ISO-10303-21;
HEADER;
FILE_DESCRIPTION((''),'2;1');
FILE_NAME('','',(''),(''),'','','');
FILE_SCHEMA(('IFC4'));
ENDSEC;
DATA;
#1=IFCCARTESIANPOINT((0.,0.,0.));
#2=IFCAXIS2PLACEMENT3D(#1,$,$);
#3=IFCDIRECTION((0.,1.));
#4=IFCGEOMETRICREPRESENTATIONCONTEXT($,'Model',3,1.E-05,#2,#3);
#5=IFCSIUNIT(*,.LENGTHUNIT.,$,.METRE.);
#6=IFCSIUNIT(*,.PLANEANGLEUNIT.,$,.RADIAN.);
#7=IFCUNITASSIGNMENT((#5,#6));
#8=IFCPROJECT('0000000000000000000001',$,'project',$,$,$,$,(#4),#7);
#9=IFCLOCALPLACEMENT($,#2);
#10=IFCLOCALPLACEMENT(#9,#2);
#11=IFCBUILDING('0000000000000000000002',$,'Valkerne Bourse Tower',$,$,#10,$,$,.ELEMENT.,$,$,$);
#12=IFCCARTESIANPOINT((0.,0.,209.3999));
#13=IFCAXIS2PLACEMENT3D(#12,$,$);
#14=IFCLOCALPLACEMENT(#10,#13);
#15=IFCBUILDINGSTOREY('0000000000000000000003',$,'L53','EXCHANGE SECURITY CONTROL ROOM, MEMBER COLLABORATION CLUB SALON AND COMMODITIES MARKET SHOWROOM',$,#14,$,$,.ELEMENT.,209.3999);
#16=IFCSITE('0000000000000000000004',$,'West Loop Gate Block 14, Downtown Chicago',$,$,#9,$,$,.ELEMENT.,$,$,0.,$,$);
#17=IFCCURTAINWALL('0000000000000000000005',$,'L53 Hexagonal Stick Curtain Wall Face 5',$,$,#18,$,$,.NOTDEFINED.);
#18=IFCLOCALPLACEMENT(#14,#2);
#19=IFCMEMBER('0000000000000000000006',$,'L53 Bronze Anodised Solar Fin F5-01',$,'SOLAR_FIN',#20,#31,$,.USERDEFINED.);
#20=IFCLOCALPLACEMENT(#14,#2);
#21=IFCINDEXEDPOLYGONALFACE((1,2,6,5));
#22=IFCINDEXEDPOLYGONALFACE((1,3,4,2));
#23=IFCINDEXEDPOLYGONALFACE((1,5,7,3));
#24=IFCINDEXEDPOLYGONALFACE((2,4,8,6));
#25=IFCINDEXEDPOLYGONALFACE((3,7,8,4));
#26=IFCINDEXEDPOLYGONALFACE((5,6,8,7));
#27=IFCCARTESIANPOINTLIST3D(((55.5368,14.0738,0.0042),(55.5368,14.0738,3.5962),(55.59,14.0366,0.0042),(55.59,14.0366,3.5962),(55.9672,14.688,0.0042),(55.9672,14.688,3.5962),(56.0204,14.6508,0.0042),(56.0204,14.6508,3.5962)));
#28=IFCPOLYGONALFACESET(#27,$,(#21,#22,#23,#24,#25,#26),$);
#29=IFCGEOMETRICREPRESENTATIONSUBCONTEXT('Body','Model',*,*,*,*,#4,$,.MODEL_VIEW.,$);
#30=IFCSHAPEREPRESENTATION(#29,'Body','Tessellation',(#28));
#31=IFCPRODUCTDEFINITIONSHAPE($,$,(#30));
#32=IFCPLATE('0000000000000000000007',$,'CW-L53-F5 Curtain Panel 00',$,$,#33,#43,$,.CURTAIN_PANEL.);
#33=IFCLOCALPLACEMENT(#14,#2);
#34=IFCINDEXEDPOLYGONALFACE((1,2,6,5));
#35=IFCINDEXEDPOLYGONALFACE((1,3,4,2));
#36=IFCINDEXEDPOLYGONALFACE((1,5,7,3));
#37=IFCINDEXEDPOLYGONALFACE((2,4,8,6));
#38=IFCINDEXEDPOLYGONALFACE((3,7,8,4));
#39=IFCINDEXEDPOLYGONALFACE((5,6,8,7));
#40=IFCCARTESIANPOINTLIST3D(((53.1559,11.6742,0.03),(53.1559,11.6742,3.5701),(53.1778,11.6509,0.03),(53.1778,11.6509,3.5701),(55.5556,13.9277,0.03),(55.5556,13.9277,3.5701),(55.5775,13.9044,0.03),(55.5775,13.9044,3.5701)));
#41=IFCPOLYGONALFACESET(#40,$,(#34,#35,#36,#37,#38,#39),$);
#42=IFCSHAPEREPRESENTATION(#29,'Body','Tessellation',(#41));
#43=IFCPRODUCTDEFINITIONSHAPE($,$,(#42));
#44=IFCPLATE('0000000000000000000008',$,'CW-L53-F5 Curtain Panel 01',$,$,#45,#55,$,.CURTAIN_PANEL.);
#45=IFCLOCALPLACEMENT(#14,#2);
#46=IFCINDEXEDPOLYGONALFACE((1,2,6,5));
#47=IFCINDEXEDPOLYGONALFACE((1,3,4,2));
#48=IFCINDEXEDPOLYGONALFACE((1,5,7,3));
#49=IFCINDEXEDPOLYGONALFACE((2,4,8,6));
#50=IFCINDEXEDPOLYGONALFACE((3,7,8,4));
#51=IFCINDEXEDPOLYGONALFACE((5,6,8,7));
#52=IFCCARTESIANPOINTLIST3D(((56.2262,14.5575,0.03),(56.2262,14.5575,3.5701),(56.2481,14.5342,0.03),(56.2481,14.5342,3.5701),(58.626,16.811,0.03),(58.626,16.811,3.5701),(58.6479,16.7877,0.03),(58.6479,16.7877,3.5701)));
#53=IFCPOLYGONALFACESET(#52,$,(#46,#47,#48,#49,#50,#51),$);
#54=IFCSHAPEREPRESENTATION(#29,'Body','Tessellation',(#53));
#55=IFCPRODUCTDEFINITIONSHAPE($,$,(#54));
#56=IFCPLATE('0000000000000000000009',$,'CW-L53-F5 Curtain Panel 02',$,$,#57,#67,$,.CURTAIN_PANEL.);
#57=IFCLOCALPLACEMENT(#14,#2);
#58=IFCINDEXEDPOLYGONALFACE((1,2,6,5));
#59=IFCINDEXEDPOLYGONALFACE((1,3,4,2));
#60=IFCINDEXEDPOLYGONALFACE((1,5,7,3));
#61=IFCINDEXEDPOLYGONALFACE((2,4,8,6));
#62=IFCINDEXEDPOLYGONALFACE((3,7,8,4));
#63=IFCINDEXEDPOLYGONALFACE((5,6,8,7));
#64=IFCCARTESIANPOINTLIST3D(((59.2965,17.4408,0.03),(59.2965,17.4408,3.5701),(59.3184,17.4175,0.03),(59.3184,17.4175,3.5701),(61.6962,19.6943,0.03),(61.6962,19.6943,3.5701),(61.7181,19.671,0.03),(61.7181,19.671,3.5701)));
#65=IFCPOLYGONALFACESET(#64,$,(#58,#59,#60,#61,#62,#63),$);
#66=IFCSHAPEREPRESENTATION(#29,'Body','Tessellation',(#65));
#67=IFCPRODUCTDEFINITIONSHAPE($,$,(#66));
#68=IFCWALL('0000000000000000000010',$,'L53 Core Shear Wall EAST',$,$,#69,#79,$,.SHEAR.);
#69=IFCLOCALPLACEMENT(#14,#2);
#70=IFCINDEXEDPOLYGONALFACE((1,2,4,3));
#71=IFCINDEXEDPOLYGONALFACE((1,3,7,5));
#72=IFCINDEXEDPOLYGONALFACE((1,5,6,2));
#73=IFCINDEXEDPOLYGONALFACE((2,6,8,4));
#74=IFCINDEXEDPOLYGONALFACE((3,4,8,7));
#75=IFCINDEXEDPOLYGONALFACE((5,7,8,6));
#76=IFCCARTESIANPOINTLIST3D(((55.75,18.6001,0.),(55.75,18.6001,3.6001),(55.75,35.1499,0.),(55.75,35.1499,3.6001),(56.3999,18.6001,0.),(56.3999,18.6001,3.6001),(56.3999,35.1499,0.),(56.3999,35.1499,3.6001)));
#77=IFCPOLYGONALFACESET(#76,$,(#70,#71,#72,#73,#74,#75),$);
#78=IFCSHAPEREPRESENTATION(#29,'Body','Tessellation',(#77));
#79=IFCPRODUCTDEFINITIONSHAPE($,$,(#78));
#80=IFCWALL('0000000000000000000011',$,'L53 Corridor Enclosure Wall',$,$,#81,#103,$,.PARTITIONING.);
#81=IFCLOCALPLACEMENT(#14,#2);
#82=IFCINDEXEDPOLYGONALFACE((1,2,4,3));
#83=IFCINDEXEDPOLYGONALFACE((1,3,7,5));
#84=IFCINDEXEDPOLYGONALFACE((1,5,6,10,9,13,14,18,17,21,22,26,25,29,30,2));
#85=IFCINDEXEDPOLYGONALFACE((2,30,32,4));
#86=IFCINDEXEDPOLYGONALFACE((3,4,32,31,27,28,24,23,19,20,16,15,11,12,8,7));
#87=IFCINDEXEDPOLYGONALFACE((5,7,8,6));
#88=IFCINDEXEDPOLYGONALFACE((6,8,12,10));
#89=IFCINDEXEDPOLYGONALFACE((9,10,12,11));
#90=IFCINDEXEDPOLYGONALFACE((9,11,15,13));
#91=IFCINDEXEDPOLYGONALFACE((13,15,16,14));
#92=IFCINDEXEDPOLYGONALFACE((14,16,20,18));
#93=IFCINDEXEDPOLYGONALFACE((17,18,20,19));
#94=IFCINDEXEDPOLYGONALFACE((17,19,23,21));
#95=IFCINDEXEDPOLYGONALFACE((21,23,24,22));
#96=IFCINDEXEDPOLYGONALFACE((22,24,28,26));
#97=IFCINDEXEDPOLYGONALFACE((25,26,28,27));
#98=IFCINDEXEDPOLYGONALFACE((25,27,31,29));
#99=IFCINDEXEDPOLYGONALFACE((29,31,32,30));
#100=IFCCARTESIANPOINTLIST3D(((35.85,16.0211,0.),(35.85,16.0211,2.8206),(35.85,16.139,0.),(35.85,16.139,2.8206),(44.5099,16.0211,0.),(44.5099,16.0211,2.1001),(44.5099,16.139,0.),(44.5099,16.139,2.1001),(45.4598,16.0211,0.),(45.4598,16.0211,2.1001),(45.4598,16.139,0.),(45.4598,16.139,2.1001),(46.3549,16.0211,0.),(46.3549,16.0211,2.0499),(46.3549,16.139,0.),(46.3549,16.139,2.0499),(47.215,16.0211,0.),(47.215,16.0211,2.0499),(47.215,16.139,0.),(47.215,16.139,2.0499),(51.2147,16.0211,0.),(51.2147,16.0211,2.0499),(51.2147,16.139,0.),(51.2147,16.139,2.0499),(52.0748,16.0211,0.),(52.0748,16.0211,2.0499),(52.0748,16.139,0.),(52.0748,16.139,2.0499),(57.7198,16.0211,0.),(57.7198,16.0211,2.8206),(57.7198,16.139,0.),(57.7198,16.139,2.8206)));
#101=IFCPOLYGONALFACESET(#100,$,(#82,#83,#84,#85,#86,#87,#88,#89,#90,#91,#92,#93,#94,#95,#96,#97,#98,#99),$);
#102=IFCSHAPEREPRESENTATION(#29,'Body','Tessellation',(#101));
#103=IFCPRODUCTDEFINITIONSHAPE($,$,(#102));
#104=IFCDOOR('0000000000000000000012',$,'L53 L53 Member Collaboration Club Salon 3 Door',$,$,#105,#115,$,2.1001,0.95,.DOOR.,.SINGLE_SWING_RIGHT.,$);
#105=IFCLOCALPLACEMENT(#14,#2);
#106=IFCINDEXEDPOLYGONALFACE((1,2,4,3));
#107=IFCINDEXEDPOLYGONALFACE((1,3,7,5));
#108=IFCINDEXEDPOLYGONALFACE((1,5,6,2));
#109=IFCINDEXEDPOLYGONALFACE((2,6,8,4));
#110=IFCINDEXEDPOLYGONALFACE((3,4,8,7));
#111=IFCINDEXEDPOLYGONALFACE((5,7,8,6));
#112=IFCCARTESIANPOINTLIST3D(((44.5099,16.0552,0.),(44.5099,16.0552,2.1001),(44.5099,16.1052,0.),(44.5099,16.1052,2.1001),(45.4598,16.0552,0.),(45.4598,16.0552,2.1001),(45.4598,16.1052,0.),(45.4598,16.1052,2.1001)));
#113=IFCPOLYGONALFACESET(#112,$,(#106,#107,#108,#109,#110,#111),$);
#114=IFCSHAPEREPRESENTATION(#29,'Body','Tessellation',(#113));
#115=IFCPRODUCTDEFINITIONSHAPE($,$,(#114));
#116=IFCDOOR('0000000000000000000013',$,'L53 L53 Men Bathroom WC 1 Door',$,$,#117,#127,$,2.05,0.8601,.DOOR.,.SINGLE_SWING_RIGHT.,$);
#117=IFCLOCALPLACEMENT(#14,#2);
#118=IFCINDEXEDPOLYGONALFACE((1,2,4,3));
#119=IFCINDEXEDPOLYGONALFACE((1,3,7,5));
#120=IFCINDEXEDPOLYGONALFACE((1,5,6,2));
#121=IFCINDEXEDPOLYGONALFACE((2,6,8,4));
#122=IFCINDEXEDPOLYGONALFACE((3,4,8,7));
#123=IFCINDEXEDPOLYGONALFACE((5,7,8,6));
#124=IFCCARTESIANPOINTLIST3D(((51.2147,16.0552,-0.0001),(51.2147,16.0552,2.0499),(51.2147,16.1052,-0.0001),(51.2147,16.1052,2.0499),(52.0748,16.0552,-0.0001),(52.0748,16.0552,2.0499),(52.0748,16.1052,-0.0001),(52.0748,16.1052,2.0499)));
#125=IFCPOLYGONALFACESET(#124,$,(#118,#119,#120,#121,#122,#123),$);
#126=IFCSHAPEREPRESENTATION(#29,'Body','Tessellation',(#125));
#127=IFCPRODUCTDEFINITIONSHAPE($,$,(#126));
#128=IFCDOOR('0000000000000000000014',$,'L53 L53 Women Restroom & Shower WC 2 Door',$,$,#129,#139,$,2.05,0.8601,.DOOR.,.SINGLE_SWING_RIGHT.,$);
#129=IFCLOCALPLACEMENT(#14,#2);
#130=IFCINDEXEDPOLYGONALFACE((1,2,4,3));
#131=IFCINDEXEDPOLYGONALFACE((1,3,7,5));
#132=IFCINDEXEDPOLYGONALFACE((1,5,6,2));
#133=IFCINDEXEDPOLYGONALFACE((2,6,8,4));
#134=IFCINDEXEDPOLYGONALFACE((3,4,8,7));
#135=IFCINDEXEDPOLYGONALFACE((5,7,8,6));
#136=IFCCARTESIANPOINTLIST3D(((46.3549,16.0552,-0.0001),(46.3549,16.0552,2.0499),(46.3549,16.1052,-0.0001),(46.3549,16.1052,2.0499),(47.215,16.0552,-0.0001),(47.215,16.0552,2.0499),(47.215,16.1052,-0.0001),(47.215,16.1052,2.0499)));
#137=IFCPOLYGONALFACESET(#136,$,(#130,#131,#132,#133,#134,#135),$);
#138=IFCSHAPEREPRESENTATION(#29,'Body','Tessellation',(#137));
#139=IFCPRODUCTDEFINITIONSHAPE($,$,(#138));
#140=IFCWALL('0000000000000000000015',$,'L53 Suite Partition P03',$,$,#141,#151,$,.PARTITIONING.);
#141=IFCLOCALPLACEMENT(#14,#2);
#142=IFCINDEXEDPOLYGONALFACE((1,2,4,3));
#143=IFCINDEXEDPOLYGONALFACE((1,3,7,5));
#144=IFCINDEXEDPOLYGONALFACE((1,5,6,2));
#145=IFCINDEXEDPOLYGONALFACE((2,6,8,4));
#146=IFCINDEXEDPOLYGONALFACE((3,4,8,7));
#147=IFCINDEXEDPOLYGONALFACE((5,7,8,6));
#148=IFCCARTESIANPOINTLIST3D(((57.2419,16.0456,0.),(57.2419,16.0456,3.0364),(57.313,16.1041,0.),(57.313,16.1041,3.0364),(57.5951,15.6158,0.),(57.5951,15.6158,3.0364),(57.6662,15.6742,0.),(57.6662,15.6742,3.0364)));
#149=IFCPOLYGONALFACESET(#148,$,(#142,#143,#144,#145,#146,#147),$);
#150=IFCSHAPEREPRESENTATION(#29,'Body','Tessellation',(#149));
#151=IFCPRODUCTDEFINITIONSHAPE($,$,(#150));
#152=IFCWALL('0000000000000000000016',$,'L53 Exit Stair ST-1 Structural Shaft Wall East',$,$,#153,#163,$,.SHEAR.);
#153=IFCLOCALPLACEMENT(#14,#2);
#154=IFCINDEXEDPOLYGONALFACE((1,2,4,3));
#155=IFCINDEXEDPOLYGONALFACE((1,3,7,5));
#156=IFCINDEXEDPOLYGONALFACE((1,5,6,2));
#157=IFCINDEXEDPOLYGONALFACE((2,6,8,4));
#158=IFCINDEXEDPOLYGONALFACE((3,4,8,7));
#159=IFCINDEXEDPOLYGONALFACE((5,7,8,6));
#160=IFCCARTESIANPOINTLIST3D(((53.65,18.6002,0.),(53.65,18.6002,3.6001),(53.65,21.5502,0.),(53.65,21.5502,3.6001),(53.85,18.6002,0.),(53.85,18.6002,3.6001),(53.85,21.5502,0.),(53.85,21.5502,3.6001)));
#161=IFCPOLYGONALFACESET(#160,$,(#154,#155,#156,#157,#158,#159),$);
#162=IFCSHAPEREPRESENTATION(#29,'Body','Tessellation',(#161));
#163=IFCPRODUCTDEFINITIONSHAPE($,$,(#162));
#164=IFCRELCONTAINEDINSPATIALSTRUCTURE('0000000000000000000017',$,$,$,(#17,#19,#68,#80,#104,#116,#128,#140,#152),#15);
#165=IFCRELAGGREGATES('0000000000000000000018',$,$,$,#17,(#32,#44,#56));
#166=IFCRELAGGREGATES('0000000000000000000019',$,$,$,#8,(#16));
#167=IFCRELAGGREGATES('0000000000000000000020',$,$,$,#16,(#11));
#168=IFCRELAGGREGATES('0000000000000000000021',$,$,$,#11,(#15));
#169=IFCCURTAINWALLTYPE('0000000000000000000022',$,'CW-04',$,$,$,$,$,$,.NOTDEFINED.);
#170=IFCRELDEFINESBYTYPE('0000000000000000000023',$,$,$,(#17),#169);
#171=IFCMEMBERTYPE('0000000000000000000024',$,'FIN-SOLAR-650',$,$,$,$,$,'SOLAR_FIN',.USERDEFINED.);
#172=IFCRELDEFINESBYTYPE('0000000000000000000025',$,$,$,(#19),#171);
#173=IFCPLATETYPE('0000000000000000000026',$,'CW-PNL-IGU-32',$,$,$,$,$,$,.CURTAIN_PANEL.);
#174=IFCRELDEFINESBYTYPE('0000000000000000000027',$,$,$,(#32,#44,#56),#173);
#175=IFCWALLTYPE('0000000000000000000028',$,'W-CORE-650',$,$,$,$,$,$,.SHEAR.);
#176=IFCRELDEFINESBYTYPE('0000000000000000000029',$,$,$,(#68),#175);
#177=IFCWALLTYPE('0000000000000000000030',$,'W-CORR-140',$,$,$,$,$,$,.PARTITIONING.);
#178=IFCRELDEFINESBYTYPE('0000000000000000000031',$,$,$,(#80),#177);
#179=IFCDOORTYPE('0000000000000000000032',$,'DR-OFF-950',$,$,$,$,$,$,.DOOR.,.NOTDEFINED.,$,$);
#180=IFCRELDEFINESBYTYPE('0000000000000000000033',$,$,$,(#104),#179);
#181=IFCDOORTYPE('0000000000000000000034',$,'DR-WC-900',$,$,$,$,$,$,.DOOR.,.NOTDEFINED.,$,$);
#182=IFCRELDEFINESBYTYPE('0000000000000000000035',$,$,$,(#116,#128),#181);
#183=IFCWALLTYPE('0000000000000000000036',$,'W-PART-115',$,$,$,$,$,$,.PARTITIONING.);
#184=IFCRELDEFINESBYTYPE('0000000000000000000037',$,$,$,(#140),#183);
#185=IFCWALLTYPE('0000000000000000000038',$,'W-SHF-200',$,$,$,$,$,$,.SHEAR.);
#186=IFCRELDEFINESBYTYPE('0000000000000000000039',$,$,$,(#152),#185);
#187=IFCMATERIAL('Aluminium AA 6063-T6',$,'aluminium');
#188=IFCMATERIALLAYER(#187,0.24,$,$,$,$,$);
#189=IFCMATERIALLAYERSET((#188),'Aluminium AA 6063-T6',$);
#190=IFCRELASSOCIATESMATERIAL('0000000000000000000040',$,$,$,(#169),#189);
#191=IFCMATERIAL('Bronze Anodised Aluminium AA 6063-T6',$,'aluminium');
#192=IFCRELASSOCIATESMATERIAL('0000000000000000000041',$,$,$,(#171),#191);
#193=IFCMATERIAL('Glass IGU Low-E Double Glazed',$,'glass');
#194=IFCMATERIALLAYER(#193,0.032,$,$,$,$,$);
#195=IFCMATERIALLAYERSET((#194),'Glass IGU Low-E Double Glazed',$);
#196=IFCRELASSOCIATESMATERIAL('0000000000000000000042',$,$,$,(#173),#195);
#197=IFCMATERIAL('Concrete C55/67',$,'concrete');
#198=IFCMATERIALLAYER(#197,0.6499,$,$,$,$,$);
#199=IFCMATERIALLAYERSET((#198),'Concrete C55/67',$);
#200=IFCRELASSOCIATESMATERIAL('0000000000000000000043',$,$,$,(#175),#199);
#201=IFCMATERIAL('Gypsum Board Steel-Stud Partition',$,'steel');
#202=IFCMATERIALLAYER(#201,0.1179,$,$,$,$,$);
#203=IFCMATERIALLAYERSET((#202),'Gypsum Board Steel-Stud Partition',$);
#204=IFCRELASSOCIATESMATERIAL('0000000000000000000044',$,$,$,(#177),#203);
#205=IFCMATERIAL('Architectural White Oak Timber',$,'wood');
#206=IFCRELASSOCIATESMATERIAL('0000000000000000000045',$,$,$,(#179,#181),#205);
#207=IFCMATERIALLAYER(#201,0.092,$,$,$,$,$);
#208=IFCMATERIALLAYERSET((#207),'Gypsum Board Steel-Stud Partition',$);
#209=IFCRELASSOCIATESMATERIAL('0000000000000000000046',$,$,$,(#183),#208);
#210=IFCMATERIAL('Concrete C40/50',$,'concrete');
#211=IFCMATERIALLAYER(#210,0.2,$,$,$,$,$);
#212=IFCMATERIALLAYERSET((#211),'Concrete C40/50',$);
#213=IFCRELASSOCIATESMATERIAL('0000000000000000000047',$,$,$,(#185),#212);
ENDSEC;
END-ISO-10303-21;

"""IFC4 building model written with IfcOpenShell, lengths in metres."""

from ifc_helpers import new_model, si_unit, direction, frame, frame_2d, origin, origin_2d, place, context, subcontext, project, spatial, rectangle, extrude, material, layer, layer_set, material_profile, profile_set, type_object, element, fill, aggregate, save


model = new_model("IFC4")

# Units and contexts
model_context = context("Model", 3, precision=1e-05, world=origin(), true_north=direction((0.0, 1.0)))
body_context = subcontext(model_context, "Body", "Model", "MODEL_VIEW")
ifc_project = project(units=[si_unit("LENGTHUNIT", "METRE"), si_unit("PLANEANGLEUNIT", "RADIAN")], contexts=[model_context])

# Site, building, storey
site_placement = place(None, origin())
site = spatial("IfcSite", under=ifc_project, at=site_placement, Name="West Loop Gate Block 14, Downtown Chicago", CompositionType="ELEMENT", RefElevation=0.0)
building_placement = place(site_placement, origin())
building = spatial("IfcBuilding", under=site, at=building_placement, Name="Valkerne Bourse Tower", CompositionType="ELEMENT")
storey_placement = place(building_placement, frame((0.0, 0.0, 209.3999)))
storey = spatial("IfcBuildingStorey", under=building, at=storey_placement, Name="L53", Description="EXCHANGE SECURITY CONTROL ROOM, MEMBER COLLABORATION CLUB SALON AND COMMODITIES MARKET SHOWROOM", CompositionType="ELEMENT", Elevation=209.3999)

# Curtain wall
ifc_material_1 = material(Name="Aluminium AA 6063-T6", Category="aluminium")
ifc_layer_1 = layer(ifc_material_1, 0.24)
ifc_layer_set_1 = layer_set([ifc_layer_1], Name="Aluminium AA 6063-T6")
curtain_wall_type = type_object("IfcCurtainWallType", Name="CW-04", PredefinedType="NOTDEFINED", material=ifc_layer_set_1)
curtain_wall_placement = place(storey_placement, origin())
curtain_wall = element("IfcCurtainWall", 1, at=curtain_wall_placement, inside=storey, type_object=curtain_wall_type, Name="L53 Hexagonal Stick Curtain Wall Face 5", PredefinedType="NOTDEFINED")

# Member
ifc_material_2 = material(Name="Bronze Anodised Aluminium AA 6063-T6", Category="aluminium")
ifc_material_profile_1 = material_profile(ifc_material_2, rectangle(XDim=0.0649, YDim=0.75, at=origin_2d()), Name="FIN-65X750")
ifc_profile_set_1 = profile_set([ifc_material_profile_1], Name="Bronze Anodised Aluminium AA 6063-T6")
member_type_1 = type_object("IfcMemberType", Name="FIN-SOLAR-650", ElementType="SOLAR_FIN", PredefinedType="USERDEFINED", material=ifc_profile_set_1)
member_1_placement = place(storey_placement, frame((55.7786, 14.3623, 0.0042), z_axis=(0.0, 0.0, 1.0), x_axis=(0.818955, -0.573857, 0.0)))
element("IfcMember", 2, at=member_1_placement, inside=storey, type_object=member_type_1, Name="L53 Bronze Anodised Solar Fin F5-01", ObjectType="SOLAR_FIN", PredefinedType="USERDEFINED", context=body_context, shape_type="SweptSolid", body=[
    extrude(rectangle(XDim=0.0649, YDim=0.75, at=origin_2d()), origin(), (0.0, 0.0, 1.0), 3.592),
])

# Plates
ifc_material_3 = material(Name="Glass IGU Low-E Double Glazed", Category="glass")
ifc_layer_2 = layer(ifc_material_3, 0.032)
ifc_layer_set_2 = layer_set([ifc_layer_2], Name="Glass IGU Low-E Double Glazed")
plate_type = type_object("IfcPlateType", Name="CW-PNL-IGU-32", PredefinedType="CURTAIN_PANEL", material=ifc_layer_set_2)
plate_1_placement = place(storey_placement, frame((54.3667, 12.7893, 0.03), z_axis=(0.0, 0.0, 1.0), x_axis=(0.728968, 0.684547, 0.0)))
plate_1 = element("IfcPlate", 3, at=plate_1_placement, type_object=plate_type, Name="CW-L53-F5 Curtain Panel 00", PredefinedType="CURTAIN_PANEL", context=body_context, shape_type="SweptSolid", body=[
    extrude(rectangle(XDim=3.292, YDim=0.032, at=origin_2d()), origin(), (0.0, 0.0, 1.0), 3.54),
])
plate_2_placement = place(storey_placement, frame((57.437, 15.6726, 0.03), z_axis=(0.0, 0.0, 1.0), x_axis=(0.728979, 0.684536, 0.0)))
plate_2 = element("IfcPlate", 4, at=plate_2_placement, type_object=plate_type, Name="CW-L53-F5 Curtain Panel 01", PredefinedType="CURTAIN_PANEL", context=body_context, shape_type="SweptSolid", body=[
    extrude(rectangle(XDim=3.292, YDim=0.032, at=origin_2d()), origin(), (0.0, 0.0, 1.0), 3.54),
])
plate_3_placement = place(storey_placement, frame((60.5073, 18.5559, 0.03), z_axis=(0.0, 0.0, 1.0), x_axis=(0.728956, 0.68456, 0.0)))
plate_3 = element("IfcPlate", 5, at=plate_3_placement, type_object=plate_type, Name="CW-L53-F5 Curtain Panel 02", PredefinedType="CURTAIN_PANEL", context=body_context, shape_type="SweptSolid", body=[
    extrude(rectangle(XDim=3.292, YDim=0.032, at=origin_2d()), origin(), (0.0, 0.0, 1.0), 3.54),
])
aggregate(curtain_wall, [plate_1, plate_2, plate_3])

# Wall
ifc_material_4 = material(Name="Concrete C55/67", Category="concrete")
ifc_layer_3 = layer(ifc_material_4, 0.6499)
ifc_layer_set_3 = layer_set([ifc_layer_3], Name="Concrete C55/67")
wall_type_1 = type_object("IfcWallType", Name="W-CORE-650", PredefinedType="SHEAR", material=ifc_layer_set_3)
wall_1_placement = place(storey_placement, frame((56.075, 18.6001, 0.0), z_axis=(0.0, 0.0, 1.0), x_axis=(0.0, 1.0, 0.0)))
element("IfcWall", 6, at=wall_1_placement, inside=storey, type_object=wall_type_1, Name="L53 Core Shear Wall EAST", PredefinedType="SHEAR", context=body_context, shape_type="SweptSolid", body=[
    extrude(rectangle(XDim=16.5498, YDim=0.6499, at=frame_2d((8.2749, 0.0))), origin(), (0.0, 0.0, 1.0), 3.6001),
])

# Wall, openings, doors
ifc_material_5 = material(Name="Gypsum Board Steel-Stud Partition", Category="steel")
ifc_layer_4 = layer(ifc_material_5, 0.1179)
ifc_layer_set_4 = layer_set([ifc_layer_4], Name="Gypsum Board Steel-Stud Partition")
wall_type_2 = type_object("IfcWallType", Name="W-CORR-140", PredefinedType="PARTITIONING", material=ifc_layer_set_4)
wall_2_placement = place(storey_placement, frame((57.72, 16.0801, 0.0), z_axis=(0.0, 0.0, 1.0), x_axis=(-1.0, 0.0, 0.0)))
wall_2 = element("IfcWall", 7, at=wall_2_placement, inside=storey, type_object=wall_type_2, Name="L53 Corridor Enclosure Wall", PredefinedType="PARTITIONING", context=body_context, shape_type="SweptSolid", body=[
    extrude(rectangle(XDim=21.8699, YDim=0.1179, at=frame_2d((10.9351, 0.0))), origin(), (0.0, 0.0, 1.0), 2.8206),
])
opening_1_placement = place(wall_2_placement, frame((5.645, 0.0, 0.0)))
opening_1 = element("IfcOpeningElement", 8, at=opening_1_placement, cuts=wall_2, PredefinedType="OPENING", context=body_context, shape_type="SweptSolid", body=[
    extrude(rectangle(XDim=0.8601, YDim=2.05, at=frame_2d((0.4302, 1.0249))), frame((0.0, 0.0688, 0.0), z_axis=(0.0, -1.0, 0.0), x_axis=(1.0, 0.0, 0.0)), (0.0, 0.0, 1.0), 0.1379),
])
opening_2_placement = place(wall_2_placement, frame((10.5049, 0.0, 0.0)))
opening_2 = element("IfcOpeningElement", 9, at=opening_2_placement, cuts=wall_2, PredefinedType="OPENING", context=body_context, shape_type="SweptSolid", body=[
    extrude(rectangle(XDim=0.8601, YDim=2.05, at=frame_2d((0.4302, 1.0249))), frame((0.0, 0.0688, 0.0), z_axis=(0.0, -1.0, 0.0), x_axis=(1.0, 0.0, 0.0)), (0.0, 0.0, 1.0), 0.1379),
])
opening_3_placement = place(wall_2_placement, frame((12.26, 0.0, 0.0)))
opening_3 = element("IfcOpeningElement", 10, at=opening_3_placement, cuts=wall_2, PredefinedType="OPENING", context=body_context, shape_type="SweptSolid", body=[
    extrude(rectangle(XDim=0.95, YDim=2.1001, at=frame_2d((0.4751, 1.05))), frame((0.0, 0.0688, 0.0), z_axis=(0.0, -1.0, 0.0), x_axis=(1.0, 0.0, 0.0)), (0.0, 0.0, 1.0), 0.1379),
])
ifc_material_6 = material(Name="Architectural White Oak Timber", Category="wood")
door_type_1 = type_object("IfcDoorType", Name="DR-OFF-950", OperationType="NOTDEFINED", PredefinedType="DOOR", material=ifc_material_6)
door_1_placement = place(opening_3_placement, origin())
door_1 = element("IfcDoor", 11, at=door_1_placement, inside=storey, type_object=door_type_1, Name="L53 L53 Member Collaboration Club Salon 3 Door", OperationType="SINGLE_SWING_RIGHT", OverallHeight=2.1001, OverallWidth=0.95, PredefinedType="DOOR", context=body_context, shape_type="SweptSolid", body=[
    extrude(rectangle(XDim=0.95, YDim=2.1001, at=frame_2d((0.4751, 1.05))), frame((0.0, 0.0249, 0.0), z_axis=(0.0, -1.0, 0.0), x_axis=(1.0, 0.0, 0.0)), (0.0, 0.0, 1.0), 0.05),
])
fill(opening_3, door_1)
door_type_2 = type_object("IfcDoorType", Name="DR-WC-900", OperationType="NOTDEFINED", PredefinedType="DOOR", material=ifc_material_6)
door_2_placement = place(opening_1_placement, origin())
door_2 = element("IfcDoor", 12, at=door_2_placement, inside=storey, type_object=door_type_2, Name="L53 L53 Men Bathroom WC 1 Door", OperationType="SINGLE_SWING_RIGHT", OverallHeight=2.05, OverallWidth=0.8601, PredefinedType="DOOR", context=body_context, shape_type="SweptSolid", body=[
    extrude(rectangle(XDim=0.8601, YDim=2.05, at=frame_2d((0.4302, 1.0249))), frame((0.0, 0.0249, 0.0), z_axis=(0.0, -1.0, 0.0), x_axis=(1.0, 0.0, 0.0)), (0.0, 0.0, 1.0), 0.05),
])
fill(opening_1, door_2)
door_3_placement = place(opening_2_placement, origin())
door_3 = element("IfcDoor", 13, at=door_3_placement, inside=storey, type_object=door_type_2, Name="L53 L53 Women Restroom & Shower WC 2 Door", OperationType="SINGLE_SWING_RIGHT", OverallHeight=2.05, OverallWidth=0.8601, PredefinedType="DOOR", context=body_context, shape_type="SweptSolid", body=[
    extrude(rectangle(XDim=0.8601, YDim=2.05, at=frame_2d((0.4302, 1.0249))), frame((0.0, 0.0249, 0.0), z_axis=(0.0, -1.0, 0.0), x_axis=(1.0, 0.0, 0.0)), (0.0, 0.0, 1.0), 0.05),
])
fill(opening_2, door_3)

# Walls
ifc_layer_5 = layer(ifc_material_5, 0.092)
ifc_layer_set_5 = layer_set([ifc_layer_5], Name="Gypsum Board Steel-Stud Partition")
wall_type_3 = type_object("IfcWallType", Name="W-PART-115", PredefinedType="PARTITIONING", material=ifc_layer_set_5)
wall_3_placement = place(storey_placement, frame((57.2773, 16.075, 0.0), z_axis=(0.0, 0.0, 1.0), x_axis=(0.634861, -0.772626, 0.0)))
element("IfcWall", 14, at=wall_3_placement, inside=storey, type_object=wall_type_3, Name="L53 Suite Partition P03", PredefinedType="PARTITIONING", context=body_context, shape_type="SweptSolid", body=[
    extrude(rectangle(XDim=0.5564, YDim=0.092, at=frame_2d((0.2783, 0.0))), origin(), (0.0, 0.0, 1.0), 3.0364),
])
ifc_material_7 = material(Name="Concrete C40/50", Category="concrete")
ifc_layer_6 = layer(ifc_material_7, 0.2)
ifc_layer_set_6 = layer_set([ifc_layer_6], Name="Concrete C40/50")
wall_type_4 = type_object("IfcWallType", Name="W-SHF-200", PredefinedType="SHEAR", material=ifc_layer_set_6)
wall_4_placement = place(storey_placement, frame((53.75, 18.6001, 0.0), z_axis=(0.0, 0.0, 1.0), x_axis=(0.0, 1.0, 0.0)))
element("IfcWall", 15, at=wall_4_placement, inside=storey, type_object=wall_type_4, Name="L53 Exit Stair ST-1 Structural Shaft Wall East", PredefinedType="SHEAR", context=body_context, shape_type="SweptSolid", body=[
    extrude(rectangle(XDim=2.95, YDim=0.2, at=frame_2d((1.4751, 0.0))), origin(), (0.0, 0.0, 1.0), 3.6001),
])

save(model, "model.ifc")
